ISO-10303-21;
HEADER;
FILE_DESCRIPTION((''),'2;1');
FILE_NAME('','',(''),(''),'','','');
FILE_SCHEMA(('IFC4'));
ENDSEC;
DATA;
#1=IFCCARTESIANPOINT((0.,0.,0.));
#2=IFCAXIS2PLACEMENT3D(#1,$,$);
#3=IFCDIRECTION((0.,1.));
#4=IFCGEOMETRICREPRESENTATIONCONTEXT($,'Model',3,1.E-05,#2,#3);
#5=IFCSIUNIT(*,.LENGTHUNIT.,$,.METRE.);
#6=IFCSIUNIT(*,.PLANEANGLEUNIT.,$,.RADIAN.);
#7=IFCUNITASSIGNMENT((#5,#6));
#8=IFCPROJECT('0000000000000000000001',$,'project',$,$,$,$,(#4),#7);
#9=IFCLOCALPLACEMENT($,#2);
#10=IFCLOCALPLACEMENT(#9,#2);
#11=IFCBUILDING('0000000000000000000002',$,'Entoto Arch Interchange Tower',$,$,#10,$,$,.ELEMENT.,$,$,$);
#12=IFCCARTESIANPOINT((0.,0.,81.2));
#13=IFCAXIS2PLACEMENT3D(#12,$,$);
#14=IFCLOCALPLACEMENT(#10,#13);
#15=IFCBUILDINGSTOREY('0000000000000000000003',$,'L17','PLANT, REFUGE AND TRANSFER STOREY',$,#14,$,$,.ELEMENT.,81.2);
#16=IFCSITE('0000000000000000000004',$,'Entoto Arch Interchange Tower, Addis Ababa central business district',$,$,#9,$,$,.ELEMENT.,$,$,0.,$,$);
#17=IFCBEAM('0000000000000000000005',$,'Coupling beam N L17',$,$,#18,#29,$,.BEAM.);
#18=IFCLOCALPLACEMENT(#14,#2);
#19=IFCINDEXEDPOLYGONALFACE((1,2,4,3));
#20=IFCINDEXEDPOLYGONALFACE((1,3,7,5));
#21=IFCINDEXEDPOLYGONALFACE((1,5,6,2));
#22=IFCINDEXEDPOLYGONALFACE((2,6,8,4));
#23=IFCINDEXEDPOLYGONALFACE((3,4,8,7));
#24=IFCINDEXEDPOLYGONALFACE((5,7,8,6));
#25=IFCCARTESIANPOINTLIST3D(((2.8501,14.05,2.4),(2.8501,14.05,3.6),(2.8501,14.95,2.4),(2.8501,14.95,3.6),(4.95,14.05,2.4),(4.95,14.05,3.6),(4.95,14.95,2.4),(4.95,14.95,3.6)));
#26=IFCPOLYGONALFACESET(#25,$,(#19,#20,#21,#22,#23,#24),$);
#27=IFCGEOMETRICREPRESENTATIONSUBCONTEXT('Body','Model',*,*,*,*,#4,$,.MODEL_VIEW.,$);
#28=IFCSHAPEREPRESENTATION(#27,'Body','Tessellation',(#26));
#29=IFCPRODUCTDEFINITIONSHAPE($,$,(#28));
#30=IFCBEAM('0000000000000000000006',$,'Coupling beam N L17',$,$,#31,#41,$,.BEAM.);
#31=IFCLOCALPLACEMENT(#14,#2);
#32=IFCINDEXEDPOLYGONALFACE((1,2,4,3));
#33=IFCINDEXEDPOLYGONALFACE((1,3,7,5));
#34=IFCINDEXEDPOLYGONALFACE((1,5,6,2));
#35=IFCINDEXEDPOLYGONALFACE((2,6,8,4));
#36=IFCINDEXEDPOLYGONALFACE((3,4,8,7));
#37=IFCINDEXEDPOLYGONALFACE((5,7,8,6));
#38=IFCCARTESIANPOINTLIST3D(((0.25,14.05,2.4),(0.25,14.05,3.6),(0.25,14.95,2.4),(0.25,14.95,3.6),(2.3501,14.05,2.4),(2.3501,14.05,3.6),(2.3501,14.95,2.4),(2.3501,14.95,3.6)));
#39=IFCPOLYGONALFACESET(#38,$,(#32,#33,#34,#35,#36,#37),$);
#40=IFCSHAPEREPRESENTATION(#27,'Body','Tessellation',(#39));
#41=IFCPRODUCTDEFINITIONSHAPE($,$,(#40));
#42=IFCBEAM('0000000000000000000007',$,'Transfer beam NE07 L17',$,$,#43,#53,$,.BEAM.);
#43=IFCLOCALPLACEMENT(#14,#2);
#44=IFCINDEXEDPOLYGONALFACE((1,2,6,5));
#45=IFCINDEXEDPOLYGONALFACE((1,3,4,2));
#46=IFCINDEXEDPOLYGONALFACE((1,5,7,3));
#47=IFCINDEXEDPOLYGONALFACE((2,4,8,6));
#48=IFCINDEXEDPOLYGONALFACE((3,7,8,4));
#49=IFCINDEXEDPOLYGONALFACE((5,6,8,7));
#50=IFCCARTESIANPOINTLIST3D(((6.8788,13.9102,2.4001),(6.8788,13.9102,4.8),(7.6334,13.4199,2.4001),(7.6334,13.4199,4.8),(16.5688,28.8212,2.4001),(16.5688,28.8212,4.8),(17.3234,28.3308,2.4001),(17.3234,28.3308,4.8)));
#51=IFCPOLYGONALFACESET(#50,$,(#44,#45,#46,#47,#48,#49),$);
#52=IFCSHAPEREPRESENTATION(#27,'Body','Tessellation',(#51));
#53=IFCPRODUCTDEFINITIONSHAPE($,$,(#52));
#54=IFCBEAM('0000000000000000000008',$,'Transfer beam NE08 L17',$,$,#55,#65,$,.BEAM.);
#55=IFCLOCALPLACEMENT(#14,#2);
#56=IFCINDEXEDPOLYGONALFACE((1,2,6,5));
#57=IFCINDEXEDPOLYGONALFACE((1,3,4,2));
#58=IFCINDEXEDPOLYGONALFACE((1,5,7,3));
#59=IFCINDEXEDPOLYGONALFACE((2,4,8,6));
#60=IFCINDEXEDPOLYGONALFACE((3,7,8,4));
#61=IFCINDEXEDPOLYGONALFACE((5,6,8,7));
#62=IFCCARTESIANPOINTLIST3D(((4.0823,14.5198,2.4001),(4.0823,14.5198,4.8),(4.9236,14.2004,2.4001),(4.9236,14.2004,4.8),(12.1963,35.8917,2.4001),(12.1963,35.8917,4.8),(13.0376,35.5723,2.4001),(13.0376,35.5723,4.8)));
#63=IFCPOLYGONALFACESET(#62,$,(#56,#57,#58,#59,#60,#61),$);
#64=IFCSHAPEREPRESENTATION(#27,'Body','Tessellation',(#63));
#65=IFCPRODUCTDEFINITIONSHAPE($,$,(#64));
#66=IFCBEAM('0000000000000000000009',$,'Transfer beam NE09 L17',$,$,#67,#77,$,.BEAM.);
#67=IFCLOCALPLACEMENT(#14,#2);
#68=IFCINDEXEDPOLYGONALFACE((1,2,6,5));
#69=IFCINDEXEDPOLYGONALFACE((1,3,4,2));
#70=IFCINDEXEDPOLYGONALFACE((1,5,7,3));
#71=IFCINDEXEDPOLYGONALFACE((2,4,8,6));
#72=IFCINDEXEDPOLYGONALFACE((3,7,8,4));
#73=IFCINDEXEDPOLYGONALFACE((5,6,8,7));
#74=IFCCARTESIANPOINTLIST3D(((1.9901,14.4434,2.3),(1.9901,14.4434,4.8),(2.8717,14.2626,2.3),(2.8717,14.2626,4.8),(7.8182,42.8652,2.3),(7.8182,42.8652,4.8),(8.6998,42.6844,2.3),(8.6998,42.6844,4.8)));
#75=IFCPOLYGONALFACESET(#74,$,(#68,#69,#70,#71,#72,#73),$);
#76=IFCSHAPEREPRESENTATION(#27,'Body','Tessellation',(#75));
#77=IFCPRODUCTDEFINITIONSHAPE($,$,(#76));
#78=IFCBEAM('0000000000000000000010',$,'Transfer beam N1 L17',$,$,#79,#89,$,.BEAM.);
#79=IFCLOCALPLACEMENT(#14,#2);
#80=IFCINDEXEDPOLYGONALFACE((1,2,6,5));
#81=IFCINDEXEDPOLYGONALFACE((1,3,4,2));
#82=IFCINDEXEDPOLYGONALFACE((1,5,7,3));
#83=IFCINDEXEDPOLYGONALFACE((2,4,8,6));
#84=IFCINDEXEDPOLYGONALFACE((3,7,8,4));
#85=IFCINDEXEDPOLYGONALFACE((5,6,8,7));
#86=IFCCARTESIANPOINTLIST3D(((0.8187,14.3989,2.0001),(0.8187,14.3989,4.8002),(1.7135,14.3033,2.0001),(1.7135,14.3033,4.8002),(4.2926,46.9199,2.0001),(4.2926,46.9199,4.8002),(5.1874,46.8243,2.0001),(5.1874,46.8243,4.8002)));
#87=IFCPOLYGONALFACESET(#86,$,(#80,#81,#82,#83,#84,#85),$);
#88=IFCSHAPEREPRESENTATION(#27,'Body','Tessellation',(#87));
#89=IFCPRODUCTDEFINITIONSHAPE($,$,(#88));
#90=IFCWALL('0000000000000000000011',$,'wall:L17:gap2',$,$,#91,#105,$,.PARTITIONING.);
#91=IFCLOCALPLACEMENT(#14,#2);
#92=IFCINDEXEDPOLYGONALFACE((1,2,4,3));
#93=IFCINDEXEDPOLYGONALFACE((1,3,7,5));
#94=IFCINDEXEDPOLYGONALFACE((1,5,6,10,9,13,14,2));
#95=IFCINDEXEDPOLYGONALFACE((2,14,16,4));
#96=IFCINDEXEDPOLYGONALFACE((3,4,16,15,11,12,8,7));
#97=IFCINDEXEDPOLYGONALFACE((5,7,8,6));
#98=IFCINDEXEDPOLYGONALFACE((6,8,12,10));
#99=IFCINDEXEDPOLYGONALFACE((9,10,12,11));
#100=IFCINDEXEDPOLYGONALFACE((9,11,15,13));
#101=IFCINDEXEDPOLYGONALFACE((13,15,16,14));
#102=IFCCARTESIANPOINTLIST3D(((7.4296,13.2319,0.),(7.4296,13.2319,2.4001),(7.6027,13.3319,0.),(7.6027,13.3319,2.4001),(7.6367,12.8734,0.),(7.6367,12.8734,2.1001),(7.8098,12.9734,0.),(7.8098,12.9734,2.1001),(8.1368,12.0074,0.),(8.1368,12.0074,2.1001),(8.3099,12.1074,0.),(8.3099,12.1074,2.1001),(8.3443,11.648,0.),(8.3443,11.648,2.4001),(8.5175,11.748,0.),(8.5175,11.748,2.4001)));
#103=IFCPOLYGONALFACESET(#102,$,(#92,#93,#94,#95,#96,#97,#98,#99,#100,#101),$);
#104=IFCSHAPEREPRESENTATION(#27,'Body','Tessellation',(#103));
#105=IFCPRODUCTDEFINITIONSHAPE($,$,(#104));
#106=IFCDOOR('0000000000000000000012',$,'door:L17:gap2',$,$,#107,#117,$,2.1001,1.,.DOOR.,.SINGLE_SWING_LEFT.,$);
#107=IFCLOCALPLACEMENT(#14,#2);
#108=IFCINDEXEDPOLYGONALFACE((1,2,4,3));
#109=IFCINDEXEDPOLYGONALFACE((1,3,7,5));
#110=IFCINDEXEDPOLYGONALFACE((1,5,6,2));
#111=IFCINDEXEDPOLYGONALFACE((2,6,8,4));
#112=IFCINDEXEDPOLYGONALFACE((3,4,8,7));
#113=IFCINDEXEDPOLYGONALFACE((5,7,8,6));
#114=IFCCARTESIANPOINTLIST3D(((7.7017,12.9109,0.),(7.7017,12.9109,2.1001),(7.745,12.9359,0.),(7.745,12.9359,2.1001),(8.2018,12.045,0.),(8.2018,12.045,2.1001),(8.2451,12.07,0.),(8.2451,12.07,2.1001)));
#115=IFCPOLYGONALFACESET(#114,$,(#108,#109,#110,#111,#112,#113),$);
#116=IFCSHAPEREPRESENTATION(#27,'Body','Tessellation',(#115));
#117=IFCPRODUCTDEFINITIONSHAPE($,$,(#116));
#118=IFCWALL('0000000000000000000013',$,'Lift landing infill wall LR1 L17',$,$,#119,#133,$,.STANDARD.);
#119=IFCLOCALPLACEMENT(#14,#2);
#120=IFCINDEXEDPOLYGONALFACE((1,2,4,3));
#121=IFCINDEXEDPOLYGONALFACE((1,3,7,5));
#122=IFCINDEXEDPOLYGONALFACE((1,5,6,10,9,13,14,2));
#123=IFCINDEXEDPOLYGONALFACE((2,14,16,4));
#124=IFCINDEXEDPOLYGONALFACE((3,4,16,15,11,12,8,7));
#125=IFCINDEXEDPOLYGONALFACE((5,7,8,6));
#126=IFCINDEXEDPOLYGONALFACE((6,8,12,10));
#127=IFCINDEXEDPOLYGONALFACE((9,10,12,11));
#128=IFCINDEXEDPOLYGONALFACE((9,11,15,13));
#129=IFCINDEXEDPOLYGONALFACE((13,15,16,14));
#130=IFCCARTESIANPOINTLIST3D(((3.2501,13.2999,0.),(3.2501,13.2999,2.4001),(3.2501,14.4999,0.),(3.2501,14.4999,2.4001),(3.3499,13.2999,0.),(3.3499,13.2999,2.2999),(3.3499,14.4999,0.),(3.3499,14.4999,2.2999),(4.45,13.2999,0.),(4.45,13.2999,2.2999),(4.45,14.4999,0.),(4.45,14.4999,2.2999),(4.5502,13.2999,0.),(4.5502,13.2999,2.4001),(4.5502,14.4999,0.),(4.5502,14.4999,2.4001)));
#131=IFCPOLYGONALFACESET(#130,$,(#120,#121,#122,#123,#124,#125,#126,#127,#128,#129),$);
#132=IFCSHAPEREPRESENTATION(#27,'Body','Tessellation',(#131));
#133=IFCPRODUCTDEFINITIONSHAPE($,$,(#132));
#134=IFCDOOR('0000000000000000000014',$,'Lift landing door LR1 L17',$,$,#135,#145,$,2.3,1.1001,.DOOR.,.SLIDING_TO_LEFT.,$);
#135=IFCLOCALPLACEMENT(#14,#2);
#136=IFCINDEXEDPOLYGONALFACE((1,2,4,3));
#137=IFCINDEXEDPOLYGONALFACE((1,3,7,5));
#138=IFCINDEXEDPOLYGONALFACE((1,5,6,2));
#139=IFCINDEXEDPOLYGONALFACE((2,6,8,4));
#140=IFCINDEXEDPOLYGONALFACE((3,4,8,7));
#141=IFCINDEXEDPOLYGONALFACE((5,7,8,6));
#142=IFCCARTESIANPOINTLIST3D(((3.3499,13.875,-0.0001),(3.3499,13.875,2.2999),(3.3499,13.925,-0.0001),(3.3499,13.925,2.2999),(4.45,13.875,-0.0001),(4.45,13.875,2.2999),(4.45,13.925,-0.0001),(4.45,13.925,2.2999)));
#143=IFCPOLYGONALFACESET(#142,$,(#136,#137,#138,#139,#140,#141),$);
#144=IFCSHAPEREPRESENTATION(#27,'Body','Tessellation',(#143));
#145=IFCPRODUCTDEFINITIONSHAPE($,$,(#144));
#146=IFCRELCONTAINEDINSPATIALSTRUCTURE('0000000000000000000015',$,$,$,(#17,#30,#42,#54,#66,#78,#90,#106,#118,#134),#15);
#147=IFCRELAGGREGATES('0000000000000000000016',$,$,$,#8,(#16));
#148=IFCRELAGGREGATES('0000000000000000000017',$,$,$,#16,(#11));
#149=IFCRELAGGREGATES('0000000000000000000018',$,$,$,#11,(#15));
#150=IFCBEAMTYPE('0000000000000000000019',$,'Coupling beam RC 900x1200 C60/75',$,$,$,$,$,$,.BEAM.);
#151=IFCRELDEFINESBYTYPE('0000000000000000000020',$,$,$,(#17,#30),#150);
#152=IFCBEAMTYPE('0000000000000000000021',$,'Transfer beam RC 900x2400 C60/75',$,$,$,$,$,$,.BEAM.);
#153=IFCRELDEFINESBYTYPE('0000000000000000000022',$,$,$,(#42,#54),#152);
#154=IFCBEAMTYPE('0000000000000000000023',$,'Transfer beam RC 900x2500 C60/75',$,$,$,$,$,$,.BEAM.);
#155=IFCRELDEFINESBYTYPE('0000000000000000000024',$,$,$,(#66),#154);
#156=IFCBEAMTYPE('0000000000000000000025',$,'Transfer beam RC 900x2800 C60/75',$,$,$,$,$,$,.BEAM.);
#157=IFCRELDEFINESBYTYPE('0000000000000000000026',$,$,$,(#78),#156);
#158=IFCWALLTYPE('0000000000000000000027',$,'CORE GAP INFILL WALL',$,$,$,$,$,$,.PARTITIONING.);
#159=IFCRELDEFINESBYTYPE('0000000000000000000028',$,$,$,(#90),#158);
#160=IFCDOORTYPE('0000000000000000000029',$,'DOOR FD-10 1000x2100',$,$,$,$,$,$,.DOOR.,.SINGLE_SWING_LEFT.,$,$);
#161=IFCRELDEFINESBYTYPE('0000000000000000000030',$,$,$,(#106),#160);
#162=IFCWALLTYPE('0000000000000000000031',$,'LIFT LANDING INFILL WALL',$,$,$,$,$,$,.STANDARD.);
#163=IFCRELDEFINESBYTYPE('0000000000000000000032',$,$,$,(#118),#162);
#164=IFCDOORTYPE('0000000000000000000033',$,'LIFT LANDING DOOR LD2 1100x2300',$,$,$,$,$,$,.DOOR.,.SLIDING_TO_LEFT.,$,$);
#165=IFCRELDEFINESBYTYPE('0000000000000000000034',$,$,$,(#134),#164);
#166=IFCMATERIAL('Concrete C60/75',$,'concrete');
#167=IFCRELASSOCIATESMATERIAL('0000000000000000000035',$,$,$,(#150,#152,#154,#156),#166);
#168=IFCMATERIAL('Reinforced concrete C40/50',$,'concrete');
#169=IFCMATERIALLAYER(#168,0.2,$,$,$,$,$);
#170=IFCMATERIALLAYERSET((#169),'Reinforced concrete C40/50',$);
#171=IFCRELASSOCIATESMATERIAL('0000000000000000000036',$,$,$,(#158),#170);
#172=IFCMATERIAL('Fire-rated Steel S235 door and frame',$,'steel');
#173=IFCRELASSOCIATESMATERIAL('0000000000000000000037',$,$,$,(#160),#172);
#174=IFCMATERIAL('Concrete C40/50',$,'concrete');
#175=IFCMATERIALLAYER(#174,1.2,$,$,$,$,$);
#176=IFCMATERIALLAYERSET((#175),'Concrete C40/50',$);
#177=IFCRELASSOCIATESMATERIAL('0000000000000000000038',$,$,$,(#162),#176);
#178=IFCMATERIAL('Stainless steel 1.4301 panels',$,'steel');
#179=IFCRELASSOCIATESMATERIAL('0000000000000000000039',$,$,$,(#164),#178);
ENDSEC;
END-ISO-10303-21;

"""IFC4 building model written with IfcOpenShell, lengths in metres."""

from ifc_helpers import new_model, si_unit, direction, frame, frame_2d, origin, origin_2d, place, context, subcontext, project, spatial, rectangle, extrude, material, layer, layer_set, material_profile, profile_set, type_object, element, fill, save


model = new_model("IFC4")

# Units and contexts
model_context = context("Model", 3, precision=1e-05, world=origin(), true_north=direction((0.0, 1.0)))
body_context = subcontext(model_context, "Body", "Model", "MODEL_VIEW")
ifc_project = project(units=[si_unit("LENGTHUNIT", "METRE"), si_unit("PLANEANGLEUNIT", "RADIAN")], contexts=[model_context])

# Site, building, storey
site_placement = place(None, origin())
site = spatial("IfcSite", under=ifc_project, at=site_placement, Name="Entoto Arch Interchange Tower, Addis Ababa central business district", CompositionType="ELEMENT", RefElevation=0.0)
building_placement = place(site_placement, origin())
building = spatial("IfcBuilding", under=site, at=building_placement, Name="Entoto Arch Interchange Tower", CompositionType="ELEMENT")
storey_placement = place(building_placement, frame((0.0, 0.0, 81.2)))
storey = spatial("IfcBuildingStorey", under=building, at=storey_placement, Name="L17", Description="PLANT, REFUGE AND TRANSFER STOREY", CompositionType="ELEMENT", Elevation=81.2)

# Beams
ifc_material_1 = material(Name="Concrete C60/75", Category="concrete")
ifc_material_profile_1 = material_profile(ifc_material_1, rectangle(XDim=0.8999, YDim=1.2, at=origin_2d()))
ifc_profile_set_1 = profile_set([ifc_material_profile_1], Name="Concrete C60/75")
beam_type_1 = type_object("IfcBeamType", Name="Coupling beam RC 900x1200 C60/75", PredefinedType="BEAM", material=ifc_profile_set_1)
beam_1_placement = place(storey_placement, frame((4.95, 14.5, 3.0), z_axis=(-1.0, 0.0, 0.0), x_axis=(0.0, -1.0, 0.0)))
element("IfcBeam", 1, at=beam_1_placement, inside=storey, type_object=beam_type_1, Name="Coupling beam N L17", PredefinedType="BEAM", context=body_context, shape_type="SweptSolid", body=[
    extrude(rectangle(XDim=0.8999, YDim=1.2, at=origin_2d()), origin(), (0.0, 0.0, 1.0), 2.0999),
])
beam_2_placement = place(storey_placement, frame((2.3501, 14.5, 3.0), z_axis=(-1.0, 0.0, 0.0), x_axis=(0.0, -1.0, 0.0)))
element("IfcBeam", 2, at=beam_2_placement, inside=storey, type_object=beam_type_1, Name="Coupling beam N L17", PredefinedType="BEAM", context=body_context, shape_type="SweptSolid", body=[
    extrude(rectangle(XDim=0.8999, YDim=1.2, at=origin_2d()), origin(), (0.0, 0.0, 1.0), 2.1001),
])
ifc_material_profile_2 = material_profile(ifc_material_1, rectangle(XDim=0.8999, YDim=2.3999, at=origin_2d()))
ifc_profile_set_2 = profile_set([ifc_material_profile_2], Name="Concrete C60/75")
beam_type_2 = type_object("IfcBeamType", Name="Transfer beam RC 900x2400 C60/75", PredefinedType="BEAM", material=ifc_profile_set_2)
beam_3_placement = place(storey_placement, frame((7.2561, 13.665, 3.6001), z_axis=(0.544904, 0.838499, 0.0), x_axis=(-0.838499, 0.544904, 0.0)))
element("IfcBeam", 3, at=beam_3_placement, inside=storey, type_object=beam_type_2, Name="Transfer beam NE07 L17", PredefinedType="BEAM", context=body_context, shape_type="SweptSolid", body=[
    extrude(rectangle(XDim=0.8999, YDim=2.3999, at=origin_2d()), origin(), (0.0, 0.0, 1.0), 17.783),
])
beam_4_placement = place(storey_placement, frame((4.5029, 14.3601, 3.6001), z_axis=(0.354939, 0.934889, 0.0), x_axis=(-0.934889, 0.354939, 0.0)))
element("IfcBeam", 4, at=beam_4_placement, inside=storey, type_object=beam_type_2, Name="Transfer beam NE08 L17", PredefinedType="BEAM", context=body_context, shape_type="SweptSolid", body=[
    extrude(rectangle(XDim=0.8999, YDim=2.3999, at=origin_2d()), origin(), (0.0, 0.0, 1.0), 22.8604),
])
ifc_material_profile_3 = material_profile(ifc_material_1, rectangle(XDim=0.8999, YDim=2.5, at=origin_2d()))
ifc_profile_set_3 = profile_set([ifc_material_profile_3], Name="Concrete C60/75")
beam_type_3 = type_object("IfcBeamType", Name="Transfer beam RC 900x2500 C60/75", PredefinedType="BEAM", material=ifc_profile_set_3)
beam_5_placement = place(storey_placement, frame((2.4309, 14.353, 3.55), z_axis=(0.200878, 0.979616, 0.0), x_axis=(-0.979616, 0.200878, 0.0)))
element("IfcBeam", 5, at=beam_5_placement, inside=storey, type_object=beam_type_3, Name="Transfer beam NE09 L17", PredefinedType="BEAM", context=body_context, shape_type="SweptSolid", body=[
    extrude(rectangle(XDim=0.8999, YDim=2.5, at=origin_2d()), origin(), (0.0, 0.0, 1.0), 29.0132),
])
ifc_material_profile_4 = material_profile(ifc_material_1, rectangle(XDim=0.8999, YDim=2.8, at=origin_2d()))
ifc_profile_set_4 = profile_set([ifc_material_profile_4], Name="Concrete C60/75")
beam_type_4 = type_object("IfcBeamType", Name="Transfer beam RC 900x2800 C60/75", PredefinedType="BEAM", material=ifc_profile_set_4)
beam_6_placement = place(storey_placement, frame((1.2661, 14.3511, 3.4001), z_axis=(0.106215, 0.994343, 0.0), x_axis=(-0.994343, 0.106215, 0.0)))
element("IfcBeam", 6, at=beam_6_placement, inside=storey, type_object=beam_type_4, Name="Transfer beam N1 L17", PredefinedType="BEAM", context=body_context, shape_type="SweptSolid", body=[
    extrude(rectangle(XDim=0.8999, YDim=2.8, at=origin_2d()), origin(), (0.0, 0.0, 1.0), 32.7061),
])

# Walls, openings, doors
ifc_material_2 = material(Name="Reinforced concrete C40/50", Category="concrete")
ifc_layer_1 = layer(ifc_material_2, 0.2)
ifc_layer_set_1 = layer_set([ifc_layer_1], Name="Reinforced concrete C40/50")
wall_type_1 = type_object("IfcWallType", Name="CORE GAP INFILL WALL", PredefinedType="PARTITIONING", material=ifc_layer_set_1)
wall_1_placement = place(storey_placement, frame((8.4309, 11.698, 0.0), z_axis=(0.0, 0.0, 1.0), x_axis=(-0.500115, 0.865959, 0.0)))
wall_1 = element("IfcWall", 7, at=wall_1_placement, inside=storey, type_object=wall_type_1, Name="wall:L17:gap2", PredefinedType="PARTITIONING", context=body_context, shape_type="SweptSolid", body=[
    extrude(rectangle(XDim=1.8291, YDim=0.2, at=frame_2d((0.9146, 0.0))), origin(), (0.0, 0.0, 1.0), 2.4001),
])
opening_1_placement = place(wall_1_placement, frame((0.415, 0.0, 0.0)))
opening_1 = element("IfcOpeningElement", 8, at=opening_1_placement, cuts=wall_1, PredefinedType="OPENING", context=body_context, shape_type="SweptSolid", body=[
    extrude(rectangle(XDim=1.0, YDim=2.1001, at=frame_2d((0.5, 1.05))), frame((0.0, 0.1099, 0.0), z_axis=(0.0, -1.0, 0.0), x_axis=(1.0, 0.0, 0.0)), (0.0, 0.0, 1.0), 0.22),
])
ifc_material_3 = material(Name="Fire-rated Steel S235 door and frame", Category="steel")
door_type_1 = type_object("IfcDoorType", Name="DOOR FD-10 1000x2100", OperationType="SINGLE_SWING_LEFT", PredefinedType="DOOR", material=ifc_material_3)
door_1_placement = place(opening_1_placement, origin())
door_1 = element("IfcDoor", 9, at=door_1_placement, inside=storey, type_object=door_type_1, Name="door:L17:gap2", OperationType="SINGLE_SWING_LEFT", OverallHeight=2.1001, OverallWidth=1.0, PredefinedType="DOOR", context=body_context, shape_type="SweptSolid", body=[
    extrude(rectangle(XDim=1.0, YDim=2.1001, at=frame_2d((0.5, 1.05))), frame((0.0, 0.0249, 0.0), z_axis=(0.0, -1.0, 0.0), x_axis=(1.0, 0.0, 0.0)), (0.0, 0.0, 1.0), 0.05),
])
fill(opening_1, door_1)
ifc_material_4 = material(Name="Concrete C40/50", Category="concrete")
ifc_layer_2 = layer(ifc_material_4, 1.2)
ifc_layer_set_2 = layer_set([ifc_layer_2], Name="Concrete C40/50")
wall_type_2 = type_object("IfcWallType", Name="LIFT LANDING INFILL WALL", PredefinedType="STANDARD", material=ifc_layer_set_2)
wall_2_placement = place(storey_placement, frame((4.55, 13.8999, 0.0), z_axis=(0.0, 0.0, 1.0), x_axis=(-1.0, 0.0, 0.0)))
wall_2 = element("IfcWall", 10, at=wall_2_placement, inside=storey, type_object=wall_type_2, Name="Lift landing infill wall LR1 L17", PredefinedType="STANDARD", context=body_context, shape_type="SweptSolid", body=[
    extrude(rectangle(XDim=1.3, YDim=1.2, at=frame_2d((0.6499, 0.0))), origin(), (0.0, 0.0, 1.0), 2.4001),
])
opening_2_placement = place(wall_2_placement, frame((0.1001, 0.0, 0.0)))
opening_2 = element("IfcOpeningElement", 11, at=opening_2_placement, cuts=wall_2, PredefinedType="OPENING", context=body_context, shape_type="SweptSolid", body=[
    extrude(rectangle(XDim=1.1001, YDim=2.3, at=frame_2d((0.55, 1.1499))), frame((0.0, 0.6099, 0.0), z_axis=(0.0, -1.0, 0.0), x_axis=(1.0, 0.0, 0.0)), (0.0, 0.0, 1.0), 1.22),
])
ifc_material_5 = material(Name="Stainless steel 1.4301 panels", Category="steel")
door_type_2 = type_object("IfcDoorType", Name="LIFT LANDING DOOR LD2 1100x2300", OperationType="SLIDING_TO_LEFT", PredefinedType="DOOR", material=ifc_material_5)
door_2_placement = place(opening_2_placement, origin())
door_2 = element("IfcDoor", 12, at=door_2_placement, inside=storey, type_object=door_type_2, Name="Lift landing door LR1 L17", OperationType="SLIDING_TO_LEFT", OverallHeight=2.3, OverallWidth=1.1001, PredefinedType="DOOR", context=body_context, shape_type="SweptSolid", body=[
    extrude(rectangle(XDim=1.1001, YDim=2.3, at=frame_2d((0.55, 1.1499))), frame((0.0, 0.0249, 0.0), z_axis=(0.0, -1.0, 0.0), x_axis=(1.0, 0.0, 0.0)), (0.0, 0.0, 1.0), 0.05),
])
fill(opening_2, door_2)

save(model, "model.ifc")
